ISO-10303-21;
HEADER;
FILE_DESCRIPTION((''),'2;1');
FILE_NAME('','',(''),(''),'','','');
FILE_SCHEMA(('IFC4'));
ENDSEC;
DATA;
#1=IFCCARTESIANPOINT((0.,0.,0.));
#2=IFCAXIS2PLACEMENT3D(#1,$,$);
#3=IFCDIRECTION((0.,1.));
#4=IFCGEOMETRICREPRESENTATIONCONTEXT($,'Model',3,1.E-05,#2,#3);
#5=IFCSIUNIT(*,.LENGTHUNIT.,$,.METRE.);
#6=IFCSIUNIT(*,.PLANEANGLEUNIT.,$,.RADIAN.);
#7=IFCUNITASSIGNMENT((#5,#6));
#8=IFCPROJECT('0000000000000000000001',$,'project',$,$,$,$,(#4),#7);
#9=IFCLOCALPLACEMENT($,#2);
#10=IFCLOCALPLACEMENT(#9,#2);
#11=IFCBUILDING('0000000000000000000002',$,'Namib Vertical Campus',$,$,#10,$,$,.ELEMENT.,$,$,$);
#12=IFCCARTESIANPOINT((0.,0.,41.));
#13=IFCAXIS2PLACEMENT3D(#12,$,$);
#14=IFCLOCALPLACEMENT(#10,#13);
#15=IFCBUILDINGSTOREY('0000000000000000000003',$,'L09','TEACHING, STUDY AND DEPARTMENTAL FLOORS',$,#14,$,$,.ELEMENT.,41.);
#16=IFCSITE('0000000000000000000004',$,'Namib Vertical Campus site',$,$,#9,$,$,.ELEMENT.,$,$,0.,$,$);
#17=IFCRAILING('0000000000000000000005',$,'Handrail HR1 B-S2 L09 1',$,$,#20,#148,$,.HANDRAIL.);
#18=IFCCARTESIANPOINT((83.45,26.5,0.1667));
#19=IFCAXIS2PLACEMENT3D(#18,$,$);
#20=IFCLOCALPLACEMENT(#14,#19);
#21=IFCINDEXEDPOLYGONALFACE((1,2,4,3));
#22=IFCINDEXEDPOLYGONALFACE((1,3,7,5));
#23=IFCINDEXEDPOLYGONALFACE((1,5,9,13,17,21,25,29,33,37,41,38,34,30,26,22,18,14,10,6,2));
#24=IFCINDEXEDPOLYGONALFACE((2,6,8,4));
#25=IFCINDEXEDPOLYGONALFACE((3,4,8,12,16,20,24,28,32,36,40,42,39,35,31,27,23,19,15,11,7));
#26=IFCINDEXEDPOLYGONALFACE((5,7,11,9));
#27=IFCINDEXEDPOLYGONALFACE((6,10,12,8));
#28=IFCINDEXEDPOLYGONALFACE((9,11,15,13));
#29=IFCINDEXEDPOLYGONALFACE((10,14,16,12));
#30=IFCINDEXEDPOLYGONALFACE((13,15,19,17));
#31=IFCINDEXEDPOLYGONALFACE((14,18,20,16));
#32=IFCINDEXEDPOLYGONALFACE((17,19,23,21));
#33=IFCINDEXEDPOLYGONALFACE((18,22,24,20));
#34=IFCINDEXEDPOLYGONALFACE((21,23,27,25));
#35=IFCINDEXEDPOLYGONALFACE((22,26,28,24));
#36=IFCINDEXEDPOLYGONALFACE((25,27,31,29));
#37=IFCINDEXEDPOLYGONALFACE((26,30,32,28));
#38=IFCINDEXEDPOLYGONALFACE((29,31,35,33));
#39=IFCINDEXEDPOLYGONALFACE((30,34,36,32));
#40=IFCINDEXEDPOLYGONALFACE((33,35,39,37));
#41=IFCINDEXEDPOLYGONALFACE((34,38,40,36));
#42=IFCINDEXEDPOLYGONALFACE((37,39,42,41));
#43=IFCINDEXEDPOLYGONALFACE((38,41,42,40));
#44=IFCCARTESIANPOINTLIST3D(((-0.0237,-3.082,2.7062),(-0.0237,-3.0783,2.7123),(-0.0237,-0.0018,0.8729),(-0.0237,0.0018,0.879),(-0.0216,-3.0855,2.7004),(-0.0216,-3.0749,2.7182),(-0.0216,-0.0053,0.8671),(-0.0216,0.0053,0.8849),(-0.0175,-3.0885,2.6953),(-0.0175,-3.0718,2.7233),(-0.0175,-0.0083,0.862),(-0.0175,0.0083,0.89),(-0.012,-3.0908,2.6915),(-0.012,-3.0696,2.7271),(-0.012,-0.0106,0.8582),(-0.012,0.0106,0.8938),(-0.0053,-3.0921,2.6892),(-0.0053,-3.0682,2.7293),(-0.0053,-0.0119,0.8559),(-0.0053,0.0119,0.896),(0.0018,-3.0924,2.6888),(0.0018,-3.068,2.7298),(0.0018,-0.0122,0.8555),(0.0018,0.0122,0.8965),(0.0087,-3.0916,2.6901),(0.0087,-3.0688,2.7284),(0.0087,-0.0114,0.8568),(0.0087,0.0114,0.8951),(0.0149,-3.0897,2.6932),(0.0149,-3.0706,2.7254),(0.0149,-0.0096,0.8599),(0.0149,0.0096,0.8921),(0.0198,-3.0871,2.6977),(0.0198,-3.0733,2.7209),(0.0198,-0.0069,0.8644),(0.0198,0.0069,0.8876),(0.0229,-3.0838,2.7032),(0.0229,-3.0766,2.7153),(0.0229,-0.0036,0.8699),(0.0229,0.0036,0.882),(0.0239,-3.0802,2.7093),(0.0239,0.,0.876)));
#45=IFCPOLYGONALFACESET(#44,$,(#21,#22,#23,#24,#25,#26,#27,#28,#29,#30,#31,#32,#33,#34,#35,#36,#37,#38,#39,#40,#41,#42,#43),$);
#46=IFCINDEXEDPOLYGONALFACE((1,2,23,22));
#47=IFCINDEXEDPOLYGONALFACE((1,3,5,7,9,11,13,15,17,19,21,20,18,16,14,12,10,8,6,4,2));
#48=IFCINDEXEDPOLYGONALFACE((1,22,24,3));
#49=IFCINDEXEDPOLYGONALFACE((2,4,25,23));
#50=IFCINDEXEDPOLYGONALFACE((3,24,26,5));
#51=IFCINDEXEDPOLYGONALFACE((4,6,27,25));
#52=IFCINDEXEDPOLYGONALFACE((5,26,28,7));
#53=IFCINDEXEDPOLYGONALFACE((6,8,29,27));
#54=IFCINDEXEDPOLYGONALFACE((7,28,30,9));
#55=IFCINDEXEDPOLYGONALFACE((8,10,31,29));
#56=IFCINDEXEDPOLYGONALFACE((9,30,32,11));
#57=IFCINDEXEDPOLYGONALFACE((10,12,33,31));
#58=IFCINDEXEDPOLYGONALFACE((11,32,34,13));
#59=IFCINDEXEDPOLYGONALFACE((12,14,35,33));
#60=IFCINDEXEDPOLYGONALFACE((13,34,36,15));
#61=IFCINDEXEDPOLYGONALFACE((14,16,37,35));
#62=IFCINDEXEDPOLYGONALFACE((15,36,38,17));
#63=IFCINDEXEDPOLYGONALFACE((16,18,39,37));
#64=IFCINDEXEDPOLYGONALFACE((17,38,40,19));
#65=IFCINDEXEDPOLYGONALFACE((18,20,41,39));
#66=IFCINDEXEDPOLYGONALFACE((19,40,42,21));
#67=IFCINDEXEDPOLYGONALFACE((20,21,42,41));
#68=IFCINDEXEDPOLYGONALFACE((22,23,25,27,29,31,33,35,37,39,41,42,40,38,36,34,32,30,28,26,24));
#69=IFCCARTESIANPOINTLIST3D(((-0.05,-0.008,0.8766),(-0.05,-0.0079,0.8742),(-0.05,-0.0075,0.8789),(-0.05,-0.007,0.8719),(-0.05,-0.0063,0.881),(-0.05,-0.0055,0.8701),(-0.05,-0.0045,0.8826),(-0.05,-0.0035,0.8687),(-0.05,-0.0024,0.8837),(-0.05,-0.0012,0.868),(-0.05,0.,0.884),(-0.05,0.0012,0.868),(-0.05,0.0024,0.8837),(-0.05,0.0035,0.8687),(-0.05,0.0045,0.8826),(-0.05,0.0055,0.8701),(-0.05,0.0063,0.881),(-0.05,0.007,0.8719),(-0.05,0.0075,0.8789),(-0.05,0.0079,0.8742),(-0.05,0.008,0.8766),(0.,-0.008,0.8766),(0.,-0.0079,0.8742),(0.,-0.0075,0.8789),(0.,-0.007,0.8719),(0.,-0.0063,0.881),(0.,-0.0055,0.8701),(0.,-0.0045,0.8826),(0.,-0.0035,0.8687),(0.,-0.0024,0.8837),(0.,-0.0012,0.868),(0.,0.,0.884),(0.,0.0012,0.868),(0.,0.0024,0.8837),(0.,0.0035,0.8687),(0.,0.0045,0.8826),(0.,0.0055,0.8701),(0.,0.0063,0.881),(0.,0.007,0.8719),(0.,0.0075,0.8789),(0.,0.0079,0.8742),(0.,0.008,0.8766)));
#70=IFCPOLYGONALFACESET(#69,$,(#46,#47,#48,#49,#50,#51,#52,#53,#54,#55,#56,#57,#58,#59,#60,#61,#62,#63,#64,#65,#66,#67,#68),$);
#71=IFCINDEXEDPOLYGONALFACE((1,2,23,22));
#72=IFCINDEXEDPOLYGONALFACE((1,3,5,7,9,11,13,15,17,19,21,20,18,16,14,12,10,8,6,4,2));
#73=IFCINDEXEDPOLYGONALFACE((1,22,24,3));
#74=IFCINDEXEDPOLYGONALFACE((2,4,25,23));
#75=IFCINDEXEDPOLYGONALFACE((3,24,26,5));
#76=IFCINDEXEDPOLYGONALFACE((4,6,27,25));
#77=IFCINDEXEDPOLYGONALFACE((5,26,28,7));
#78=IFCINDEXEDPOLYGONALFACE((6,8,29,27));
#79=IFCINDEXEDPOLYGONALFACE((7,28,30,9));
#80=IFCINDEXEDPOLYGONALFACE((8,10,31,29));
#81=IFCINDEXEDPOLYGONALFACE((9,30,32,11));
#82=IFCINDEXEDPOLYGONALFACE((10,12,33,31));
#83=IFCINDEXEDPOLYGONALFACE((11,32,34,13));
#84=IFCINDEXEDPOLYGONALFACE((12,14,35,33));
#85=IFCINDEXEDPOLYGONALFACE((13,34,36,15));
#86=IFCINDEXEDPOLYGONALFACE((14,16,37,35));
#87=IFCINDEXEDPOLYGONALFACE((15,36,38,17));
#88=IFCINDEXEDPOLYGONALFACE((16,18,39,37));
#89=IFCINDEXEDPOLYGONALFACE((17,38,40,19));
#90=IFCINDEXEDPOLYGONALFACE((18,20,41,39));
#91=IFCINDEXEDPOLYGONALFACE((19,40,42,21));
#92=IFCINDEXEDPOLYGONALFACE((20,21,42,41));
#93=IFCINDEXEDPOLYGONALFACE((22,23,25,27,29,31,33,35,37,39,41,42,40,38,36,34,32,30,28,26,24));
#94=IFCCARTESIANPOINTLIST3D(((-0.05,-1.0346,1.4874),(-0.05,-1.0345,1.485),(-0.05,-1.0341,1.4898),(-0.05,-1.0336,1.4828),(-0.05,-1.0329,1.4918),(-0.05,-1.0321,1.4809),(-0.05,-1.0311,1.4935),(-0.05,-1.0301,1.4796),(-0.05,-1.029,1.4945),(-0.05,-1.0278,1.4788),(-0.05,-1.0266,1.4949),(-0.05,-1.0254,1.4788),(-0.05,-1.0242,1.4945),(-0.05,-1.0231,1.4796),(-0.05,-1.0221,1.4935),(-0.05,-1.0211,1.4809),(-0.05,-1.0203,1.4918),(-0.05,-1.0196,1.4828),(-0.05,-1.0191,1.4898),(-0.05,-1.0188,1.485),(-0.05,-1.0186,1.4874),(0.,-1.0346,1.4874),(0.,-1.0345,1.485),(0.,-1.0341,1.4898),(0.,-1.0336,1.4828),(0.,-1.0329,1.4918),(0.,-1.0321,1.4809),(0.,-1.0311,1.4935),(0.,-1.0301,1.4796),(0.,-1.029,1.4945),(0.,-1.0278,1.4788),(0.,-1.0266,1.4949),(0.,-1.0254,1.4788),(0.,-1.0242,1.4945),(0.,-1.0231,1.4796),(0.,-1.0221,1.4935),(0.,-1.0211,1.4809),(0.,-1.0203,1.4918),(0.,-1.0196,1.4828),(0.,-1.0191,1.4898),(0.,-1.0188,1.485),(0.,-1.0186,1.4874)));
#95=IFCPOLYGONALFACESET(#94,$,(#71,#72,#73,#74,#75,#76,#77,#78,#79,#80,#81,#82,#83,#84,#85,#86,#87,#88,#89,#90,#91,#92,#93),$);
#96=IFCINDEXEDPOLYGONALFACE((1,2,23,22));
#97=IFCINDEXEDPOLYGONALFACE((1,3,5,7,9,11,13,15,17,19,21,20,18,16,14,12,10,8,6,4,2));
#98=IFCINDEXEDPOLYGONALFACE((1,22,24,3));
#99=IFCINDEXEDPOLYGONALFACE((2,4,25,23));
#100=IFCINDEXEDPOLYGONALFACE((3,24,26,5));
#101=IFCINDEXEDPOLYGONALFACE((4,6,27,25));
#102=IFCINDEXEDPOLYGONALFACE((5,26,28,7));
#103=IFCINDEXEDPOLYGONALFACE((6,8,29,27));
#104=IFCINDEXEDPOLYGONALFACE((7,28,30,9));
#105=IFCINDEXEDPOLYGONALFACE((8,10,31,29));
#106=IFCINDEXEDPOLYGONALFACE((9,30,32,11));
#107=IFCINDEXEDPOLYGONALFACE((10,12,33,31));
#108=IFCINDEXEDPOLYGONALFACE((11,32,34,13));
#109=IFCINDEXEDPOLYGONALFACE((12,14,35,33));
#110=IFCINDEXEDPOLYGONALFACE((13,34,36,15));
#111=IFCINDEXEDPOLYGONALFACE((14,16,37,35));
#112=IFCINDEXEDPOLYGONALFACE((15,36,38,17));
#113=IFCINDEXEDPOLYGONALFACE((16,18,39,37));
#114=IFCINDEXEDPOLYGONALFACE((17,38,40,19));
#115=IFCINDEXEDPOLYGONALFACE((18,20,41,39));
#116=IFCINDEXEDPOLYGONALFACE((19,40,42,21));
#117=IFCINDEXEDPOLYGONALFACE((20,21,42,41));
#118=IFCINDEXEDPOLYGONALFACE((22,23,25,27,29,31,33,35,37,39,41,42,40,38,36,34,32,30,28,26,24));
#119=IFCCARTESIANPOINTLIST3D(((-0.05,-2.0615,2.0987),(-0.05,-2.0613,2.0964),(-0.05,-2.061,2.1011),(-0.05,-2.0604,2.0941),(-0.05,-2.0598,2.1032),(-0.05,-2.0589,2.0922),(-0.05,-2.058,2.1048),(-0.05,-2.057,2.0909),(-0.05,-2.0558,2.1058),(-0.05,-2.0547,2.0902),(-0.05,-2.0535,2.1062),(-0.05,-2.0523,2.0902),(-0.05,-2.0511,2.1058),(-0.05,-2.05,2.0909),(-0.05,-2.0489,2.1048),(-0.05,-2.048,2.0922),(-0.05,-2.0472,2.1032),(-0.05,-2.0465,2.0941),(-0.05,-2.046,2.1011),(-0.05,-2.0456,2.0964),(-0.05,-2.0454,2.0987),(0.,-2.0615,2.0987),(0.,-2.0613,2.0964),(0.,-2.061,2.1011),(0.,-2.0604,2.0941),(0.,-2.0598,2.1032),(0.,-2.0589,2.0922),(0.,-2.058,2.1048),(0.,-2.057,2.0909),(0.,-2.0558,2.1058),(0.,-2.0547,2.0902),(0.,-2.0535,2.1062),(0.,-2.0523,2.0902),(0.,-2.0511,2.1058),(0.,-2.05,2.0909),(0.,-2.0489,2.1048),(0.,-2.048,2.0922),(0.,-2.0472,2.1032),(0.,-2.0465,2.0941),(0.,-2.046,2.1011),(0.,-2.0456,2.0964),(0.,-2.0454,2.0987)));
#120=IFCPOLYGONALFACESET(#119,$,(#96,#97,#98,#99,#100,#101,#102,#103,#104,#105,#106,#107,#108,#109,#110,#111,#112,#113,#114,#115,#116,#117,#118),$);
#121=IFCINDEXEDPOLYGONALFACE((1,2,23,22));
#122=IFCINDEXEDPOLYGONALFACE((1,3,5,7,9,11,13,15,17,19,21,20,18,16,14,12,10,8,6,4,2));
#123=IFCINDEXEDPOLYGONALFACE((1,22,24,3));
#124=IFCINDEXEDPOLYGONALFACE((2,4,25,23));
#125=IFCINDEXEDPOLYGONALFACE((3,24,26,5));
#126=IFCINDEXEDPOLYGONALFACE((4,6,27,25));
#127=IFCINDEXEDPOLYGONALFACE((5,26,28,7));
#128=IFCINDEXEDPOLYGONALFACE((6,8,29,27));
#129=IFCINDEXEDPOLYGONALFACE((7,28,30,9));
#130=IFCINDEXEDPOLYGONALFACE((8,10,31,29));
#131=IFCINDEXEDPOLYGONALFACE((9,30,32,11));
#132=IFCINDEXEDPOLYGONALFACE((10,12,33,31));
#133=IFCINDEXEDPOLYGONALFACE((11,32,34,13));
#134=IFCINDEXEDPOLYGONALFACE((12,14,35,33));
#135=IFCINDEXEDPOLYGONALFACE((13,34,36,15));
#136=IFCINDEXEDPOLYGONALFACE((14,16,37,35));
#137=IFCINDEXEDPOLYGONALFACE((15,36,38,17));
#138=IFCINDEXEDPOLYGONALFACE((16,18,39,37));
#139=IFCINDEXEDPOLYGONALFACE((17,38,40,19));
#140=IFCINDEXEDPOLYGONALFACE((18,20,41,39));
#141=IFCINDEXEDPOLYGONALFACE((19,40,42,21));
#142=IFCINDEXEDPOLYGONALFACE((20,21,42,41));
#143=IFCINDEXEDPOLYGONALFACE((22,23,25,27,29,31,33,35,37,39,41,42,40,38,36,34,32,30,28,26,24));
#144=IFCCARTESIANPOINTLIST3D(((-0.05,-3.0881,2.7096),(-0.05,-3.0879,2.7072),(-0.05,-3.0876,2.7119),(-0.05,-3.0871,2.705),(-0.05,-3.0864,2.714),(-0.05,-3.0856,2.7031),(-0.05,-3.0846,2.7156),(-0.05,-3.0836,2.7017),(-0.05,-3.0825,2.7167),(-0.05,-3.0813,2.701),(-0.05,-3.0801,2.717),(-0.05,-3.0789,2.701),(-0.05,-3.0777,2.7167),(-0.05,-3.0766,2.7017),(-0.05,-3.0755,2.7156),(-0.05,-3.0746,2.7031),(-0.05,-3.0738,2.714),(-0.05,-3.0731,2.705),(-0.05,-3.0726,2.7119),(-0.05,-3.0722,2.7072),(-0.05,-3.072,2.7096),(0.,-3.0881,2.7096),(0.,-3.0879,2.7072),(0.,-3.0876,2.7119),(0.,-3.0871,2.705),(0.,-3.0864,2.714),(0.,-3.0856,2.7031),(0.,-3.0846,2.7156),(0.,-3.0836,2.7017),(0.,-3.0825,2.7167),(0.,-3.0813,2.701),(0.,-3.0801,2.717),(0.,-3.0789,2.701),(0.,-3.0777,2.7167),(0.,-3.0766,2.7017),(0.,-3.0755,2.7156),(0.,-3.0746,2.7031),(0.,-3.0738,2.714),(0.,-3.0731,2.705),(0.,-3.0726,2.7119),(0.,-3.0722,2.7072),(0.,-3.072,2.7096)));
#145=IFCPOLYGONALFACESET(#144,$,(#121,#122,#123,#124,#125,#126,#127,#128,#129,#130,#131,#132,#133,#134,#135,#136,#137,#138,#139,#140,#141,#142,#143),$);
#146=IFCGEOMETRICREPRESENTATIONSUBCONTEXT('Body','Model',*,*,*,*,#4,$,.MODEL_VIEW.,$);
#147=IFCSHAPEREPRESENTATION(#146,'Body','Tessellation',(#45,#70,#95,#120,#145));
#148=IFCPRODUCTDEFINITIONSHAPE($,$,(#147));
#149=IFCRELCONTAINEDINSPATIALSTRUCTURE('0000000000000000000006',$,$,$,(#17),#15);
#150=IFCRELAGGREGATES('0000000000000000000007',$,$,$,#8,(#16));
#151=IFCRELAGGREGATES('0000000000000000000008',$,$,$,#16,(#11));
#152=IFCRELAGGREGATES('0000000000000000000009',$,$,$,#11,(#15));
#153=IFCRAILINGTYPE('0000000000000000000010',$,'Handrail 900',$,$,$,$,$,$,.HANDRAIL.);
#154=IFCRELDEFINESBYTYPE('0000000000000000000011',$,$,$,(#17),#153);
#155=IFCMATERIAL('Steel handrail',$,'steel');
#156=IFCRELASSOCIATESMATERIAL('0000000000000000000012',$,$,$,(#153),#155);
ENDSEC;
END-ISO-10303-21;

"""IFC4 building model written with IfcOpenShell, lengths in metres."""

from ifc_helpers import new_model, si_unit, direction, frame, origin, origin_2d, place, context, subcontext, project, spatial, circle, extrude, material, type_object, element, save


model = new_model("IFC4")

# Units and contexts
model_context = context("Model", 3, precision=1e-05, world=origin(), true_north=direction((0.0, 1.0)))
body_context = subcontext(model_context, "Body", "Model", "MODEL_VIEW")
ifc_project = project(units=[si_unit("LENGTHUNIT", "METRE"), si_unit("PLANEANGLEUNIT", "RADIAN")], contexts=[model_context])

# Site, building, storey
site_placement = place(None, origin())
site = spatial("IfcSite", under=ifc_project, at=site_placement, Name="Namib Vertical Campus site", CompositionType="ELEMENT", RefElevation=0.0)
building_placement = place(site_placement, origin())
building = spatial("IfcBuilding", under=site, at=building_placement, Name="Namib Vertical Campus", CompositionType="ELEMENT")
storey_placement = place(building_placement, frame((0.0, 0.0, 41.0)))
storey = spatial("IfcBuildingStorey", under=building, at=storey_placement, Name="L09", Description="TEACHING, STUDY AND DEPARTMENTAL FLOORS", CompositionType="ELEMENT", Elevation=41.0)

# Railing
ifc_material_1 = material(Name="Steel handrail", Category="steel")
railing_type_1 = type_object("IfcRailingType", Name="Handrail 900", PredefinedType="HANDRAIL", material=ifc_material_1)
railing_1_placement = place(storey_placement, frame((83.45, 26.5, 0.1667)))
element("IfcRailing", 1, at=railing_1_placement, inside=storey, type_object=railing_type_1, Name="Handrail HR1 B-S2 L09 1", PredefinedType="HANDRAIL", context=body_context, shape_type="SweptSolid", body=[
    extrude(circle(Radius=0.0239, at=origin_2d()), frame((0.0, 0.0, 0.876), z_axis=(0.0, -0.859309, 0.511458), x_axis=(1.0, 0.0, 0.0)), (0.0, 0.0, 1.0), 3.5845),
    extrude(circle(Radius=0.0081, at=origin_2d()), frame((0.0, 0.0, 0.876), z_axis=(-1.0, 0.0, 0.0), x_axis=(0.0, 0.0, 1.0)), (0.0, 0.0, 1.0), 0.05),
    extrude(circle(Radius=0.0081, at=origin_2d()), frame((0.0, -1.0266, 1.4868), z_axis=(-1.0, 0.0, 0.0), x_axis=(0.0, 0.0, 1.0)), (0.0, 0.0, 1.0), 0.05),
    extrude(circle(Radius=0.0081, at=origin_2d()), frame((0.0, -2.0535, 2.0981), z_axis=(-1.0, 0.0, 0.0), x_axis=(0.0, 0.0, 1.0)), (0.0, 0.0, 1.0), 0.05),
    extrude(circle(Radius=0.0081, at=origin_2d()), frame((0.0, -3.0801, 2.709), z_axis=(-1.0, 0.0, 0.0), x_axis=(0.0, 0.0, 1.0)), (0.0, 0.0, 1.0), 0.05),
])

save(model, "model.ifc")
